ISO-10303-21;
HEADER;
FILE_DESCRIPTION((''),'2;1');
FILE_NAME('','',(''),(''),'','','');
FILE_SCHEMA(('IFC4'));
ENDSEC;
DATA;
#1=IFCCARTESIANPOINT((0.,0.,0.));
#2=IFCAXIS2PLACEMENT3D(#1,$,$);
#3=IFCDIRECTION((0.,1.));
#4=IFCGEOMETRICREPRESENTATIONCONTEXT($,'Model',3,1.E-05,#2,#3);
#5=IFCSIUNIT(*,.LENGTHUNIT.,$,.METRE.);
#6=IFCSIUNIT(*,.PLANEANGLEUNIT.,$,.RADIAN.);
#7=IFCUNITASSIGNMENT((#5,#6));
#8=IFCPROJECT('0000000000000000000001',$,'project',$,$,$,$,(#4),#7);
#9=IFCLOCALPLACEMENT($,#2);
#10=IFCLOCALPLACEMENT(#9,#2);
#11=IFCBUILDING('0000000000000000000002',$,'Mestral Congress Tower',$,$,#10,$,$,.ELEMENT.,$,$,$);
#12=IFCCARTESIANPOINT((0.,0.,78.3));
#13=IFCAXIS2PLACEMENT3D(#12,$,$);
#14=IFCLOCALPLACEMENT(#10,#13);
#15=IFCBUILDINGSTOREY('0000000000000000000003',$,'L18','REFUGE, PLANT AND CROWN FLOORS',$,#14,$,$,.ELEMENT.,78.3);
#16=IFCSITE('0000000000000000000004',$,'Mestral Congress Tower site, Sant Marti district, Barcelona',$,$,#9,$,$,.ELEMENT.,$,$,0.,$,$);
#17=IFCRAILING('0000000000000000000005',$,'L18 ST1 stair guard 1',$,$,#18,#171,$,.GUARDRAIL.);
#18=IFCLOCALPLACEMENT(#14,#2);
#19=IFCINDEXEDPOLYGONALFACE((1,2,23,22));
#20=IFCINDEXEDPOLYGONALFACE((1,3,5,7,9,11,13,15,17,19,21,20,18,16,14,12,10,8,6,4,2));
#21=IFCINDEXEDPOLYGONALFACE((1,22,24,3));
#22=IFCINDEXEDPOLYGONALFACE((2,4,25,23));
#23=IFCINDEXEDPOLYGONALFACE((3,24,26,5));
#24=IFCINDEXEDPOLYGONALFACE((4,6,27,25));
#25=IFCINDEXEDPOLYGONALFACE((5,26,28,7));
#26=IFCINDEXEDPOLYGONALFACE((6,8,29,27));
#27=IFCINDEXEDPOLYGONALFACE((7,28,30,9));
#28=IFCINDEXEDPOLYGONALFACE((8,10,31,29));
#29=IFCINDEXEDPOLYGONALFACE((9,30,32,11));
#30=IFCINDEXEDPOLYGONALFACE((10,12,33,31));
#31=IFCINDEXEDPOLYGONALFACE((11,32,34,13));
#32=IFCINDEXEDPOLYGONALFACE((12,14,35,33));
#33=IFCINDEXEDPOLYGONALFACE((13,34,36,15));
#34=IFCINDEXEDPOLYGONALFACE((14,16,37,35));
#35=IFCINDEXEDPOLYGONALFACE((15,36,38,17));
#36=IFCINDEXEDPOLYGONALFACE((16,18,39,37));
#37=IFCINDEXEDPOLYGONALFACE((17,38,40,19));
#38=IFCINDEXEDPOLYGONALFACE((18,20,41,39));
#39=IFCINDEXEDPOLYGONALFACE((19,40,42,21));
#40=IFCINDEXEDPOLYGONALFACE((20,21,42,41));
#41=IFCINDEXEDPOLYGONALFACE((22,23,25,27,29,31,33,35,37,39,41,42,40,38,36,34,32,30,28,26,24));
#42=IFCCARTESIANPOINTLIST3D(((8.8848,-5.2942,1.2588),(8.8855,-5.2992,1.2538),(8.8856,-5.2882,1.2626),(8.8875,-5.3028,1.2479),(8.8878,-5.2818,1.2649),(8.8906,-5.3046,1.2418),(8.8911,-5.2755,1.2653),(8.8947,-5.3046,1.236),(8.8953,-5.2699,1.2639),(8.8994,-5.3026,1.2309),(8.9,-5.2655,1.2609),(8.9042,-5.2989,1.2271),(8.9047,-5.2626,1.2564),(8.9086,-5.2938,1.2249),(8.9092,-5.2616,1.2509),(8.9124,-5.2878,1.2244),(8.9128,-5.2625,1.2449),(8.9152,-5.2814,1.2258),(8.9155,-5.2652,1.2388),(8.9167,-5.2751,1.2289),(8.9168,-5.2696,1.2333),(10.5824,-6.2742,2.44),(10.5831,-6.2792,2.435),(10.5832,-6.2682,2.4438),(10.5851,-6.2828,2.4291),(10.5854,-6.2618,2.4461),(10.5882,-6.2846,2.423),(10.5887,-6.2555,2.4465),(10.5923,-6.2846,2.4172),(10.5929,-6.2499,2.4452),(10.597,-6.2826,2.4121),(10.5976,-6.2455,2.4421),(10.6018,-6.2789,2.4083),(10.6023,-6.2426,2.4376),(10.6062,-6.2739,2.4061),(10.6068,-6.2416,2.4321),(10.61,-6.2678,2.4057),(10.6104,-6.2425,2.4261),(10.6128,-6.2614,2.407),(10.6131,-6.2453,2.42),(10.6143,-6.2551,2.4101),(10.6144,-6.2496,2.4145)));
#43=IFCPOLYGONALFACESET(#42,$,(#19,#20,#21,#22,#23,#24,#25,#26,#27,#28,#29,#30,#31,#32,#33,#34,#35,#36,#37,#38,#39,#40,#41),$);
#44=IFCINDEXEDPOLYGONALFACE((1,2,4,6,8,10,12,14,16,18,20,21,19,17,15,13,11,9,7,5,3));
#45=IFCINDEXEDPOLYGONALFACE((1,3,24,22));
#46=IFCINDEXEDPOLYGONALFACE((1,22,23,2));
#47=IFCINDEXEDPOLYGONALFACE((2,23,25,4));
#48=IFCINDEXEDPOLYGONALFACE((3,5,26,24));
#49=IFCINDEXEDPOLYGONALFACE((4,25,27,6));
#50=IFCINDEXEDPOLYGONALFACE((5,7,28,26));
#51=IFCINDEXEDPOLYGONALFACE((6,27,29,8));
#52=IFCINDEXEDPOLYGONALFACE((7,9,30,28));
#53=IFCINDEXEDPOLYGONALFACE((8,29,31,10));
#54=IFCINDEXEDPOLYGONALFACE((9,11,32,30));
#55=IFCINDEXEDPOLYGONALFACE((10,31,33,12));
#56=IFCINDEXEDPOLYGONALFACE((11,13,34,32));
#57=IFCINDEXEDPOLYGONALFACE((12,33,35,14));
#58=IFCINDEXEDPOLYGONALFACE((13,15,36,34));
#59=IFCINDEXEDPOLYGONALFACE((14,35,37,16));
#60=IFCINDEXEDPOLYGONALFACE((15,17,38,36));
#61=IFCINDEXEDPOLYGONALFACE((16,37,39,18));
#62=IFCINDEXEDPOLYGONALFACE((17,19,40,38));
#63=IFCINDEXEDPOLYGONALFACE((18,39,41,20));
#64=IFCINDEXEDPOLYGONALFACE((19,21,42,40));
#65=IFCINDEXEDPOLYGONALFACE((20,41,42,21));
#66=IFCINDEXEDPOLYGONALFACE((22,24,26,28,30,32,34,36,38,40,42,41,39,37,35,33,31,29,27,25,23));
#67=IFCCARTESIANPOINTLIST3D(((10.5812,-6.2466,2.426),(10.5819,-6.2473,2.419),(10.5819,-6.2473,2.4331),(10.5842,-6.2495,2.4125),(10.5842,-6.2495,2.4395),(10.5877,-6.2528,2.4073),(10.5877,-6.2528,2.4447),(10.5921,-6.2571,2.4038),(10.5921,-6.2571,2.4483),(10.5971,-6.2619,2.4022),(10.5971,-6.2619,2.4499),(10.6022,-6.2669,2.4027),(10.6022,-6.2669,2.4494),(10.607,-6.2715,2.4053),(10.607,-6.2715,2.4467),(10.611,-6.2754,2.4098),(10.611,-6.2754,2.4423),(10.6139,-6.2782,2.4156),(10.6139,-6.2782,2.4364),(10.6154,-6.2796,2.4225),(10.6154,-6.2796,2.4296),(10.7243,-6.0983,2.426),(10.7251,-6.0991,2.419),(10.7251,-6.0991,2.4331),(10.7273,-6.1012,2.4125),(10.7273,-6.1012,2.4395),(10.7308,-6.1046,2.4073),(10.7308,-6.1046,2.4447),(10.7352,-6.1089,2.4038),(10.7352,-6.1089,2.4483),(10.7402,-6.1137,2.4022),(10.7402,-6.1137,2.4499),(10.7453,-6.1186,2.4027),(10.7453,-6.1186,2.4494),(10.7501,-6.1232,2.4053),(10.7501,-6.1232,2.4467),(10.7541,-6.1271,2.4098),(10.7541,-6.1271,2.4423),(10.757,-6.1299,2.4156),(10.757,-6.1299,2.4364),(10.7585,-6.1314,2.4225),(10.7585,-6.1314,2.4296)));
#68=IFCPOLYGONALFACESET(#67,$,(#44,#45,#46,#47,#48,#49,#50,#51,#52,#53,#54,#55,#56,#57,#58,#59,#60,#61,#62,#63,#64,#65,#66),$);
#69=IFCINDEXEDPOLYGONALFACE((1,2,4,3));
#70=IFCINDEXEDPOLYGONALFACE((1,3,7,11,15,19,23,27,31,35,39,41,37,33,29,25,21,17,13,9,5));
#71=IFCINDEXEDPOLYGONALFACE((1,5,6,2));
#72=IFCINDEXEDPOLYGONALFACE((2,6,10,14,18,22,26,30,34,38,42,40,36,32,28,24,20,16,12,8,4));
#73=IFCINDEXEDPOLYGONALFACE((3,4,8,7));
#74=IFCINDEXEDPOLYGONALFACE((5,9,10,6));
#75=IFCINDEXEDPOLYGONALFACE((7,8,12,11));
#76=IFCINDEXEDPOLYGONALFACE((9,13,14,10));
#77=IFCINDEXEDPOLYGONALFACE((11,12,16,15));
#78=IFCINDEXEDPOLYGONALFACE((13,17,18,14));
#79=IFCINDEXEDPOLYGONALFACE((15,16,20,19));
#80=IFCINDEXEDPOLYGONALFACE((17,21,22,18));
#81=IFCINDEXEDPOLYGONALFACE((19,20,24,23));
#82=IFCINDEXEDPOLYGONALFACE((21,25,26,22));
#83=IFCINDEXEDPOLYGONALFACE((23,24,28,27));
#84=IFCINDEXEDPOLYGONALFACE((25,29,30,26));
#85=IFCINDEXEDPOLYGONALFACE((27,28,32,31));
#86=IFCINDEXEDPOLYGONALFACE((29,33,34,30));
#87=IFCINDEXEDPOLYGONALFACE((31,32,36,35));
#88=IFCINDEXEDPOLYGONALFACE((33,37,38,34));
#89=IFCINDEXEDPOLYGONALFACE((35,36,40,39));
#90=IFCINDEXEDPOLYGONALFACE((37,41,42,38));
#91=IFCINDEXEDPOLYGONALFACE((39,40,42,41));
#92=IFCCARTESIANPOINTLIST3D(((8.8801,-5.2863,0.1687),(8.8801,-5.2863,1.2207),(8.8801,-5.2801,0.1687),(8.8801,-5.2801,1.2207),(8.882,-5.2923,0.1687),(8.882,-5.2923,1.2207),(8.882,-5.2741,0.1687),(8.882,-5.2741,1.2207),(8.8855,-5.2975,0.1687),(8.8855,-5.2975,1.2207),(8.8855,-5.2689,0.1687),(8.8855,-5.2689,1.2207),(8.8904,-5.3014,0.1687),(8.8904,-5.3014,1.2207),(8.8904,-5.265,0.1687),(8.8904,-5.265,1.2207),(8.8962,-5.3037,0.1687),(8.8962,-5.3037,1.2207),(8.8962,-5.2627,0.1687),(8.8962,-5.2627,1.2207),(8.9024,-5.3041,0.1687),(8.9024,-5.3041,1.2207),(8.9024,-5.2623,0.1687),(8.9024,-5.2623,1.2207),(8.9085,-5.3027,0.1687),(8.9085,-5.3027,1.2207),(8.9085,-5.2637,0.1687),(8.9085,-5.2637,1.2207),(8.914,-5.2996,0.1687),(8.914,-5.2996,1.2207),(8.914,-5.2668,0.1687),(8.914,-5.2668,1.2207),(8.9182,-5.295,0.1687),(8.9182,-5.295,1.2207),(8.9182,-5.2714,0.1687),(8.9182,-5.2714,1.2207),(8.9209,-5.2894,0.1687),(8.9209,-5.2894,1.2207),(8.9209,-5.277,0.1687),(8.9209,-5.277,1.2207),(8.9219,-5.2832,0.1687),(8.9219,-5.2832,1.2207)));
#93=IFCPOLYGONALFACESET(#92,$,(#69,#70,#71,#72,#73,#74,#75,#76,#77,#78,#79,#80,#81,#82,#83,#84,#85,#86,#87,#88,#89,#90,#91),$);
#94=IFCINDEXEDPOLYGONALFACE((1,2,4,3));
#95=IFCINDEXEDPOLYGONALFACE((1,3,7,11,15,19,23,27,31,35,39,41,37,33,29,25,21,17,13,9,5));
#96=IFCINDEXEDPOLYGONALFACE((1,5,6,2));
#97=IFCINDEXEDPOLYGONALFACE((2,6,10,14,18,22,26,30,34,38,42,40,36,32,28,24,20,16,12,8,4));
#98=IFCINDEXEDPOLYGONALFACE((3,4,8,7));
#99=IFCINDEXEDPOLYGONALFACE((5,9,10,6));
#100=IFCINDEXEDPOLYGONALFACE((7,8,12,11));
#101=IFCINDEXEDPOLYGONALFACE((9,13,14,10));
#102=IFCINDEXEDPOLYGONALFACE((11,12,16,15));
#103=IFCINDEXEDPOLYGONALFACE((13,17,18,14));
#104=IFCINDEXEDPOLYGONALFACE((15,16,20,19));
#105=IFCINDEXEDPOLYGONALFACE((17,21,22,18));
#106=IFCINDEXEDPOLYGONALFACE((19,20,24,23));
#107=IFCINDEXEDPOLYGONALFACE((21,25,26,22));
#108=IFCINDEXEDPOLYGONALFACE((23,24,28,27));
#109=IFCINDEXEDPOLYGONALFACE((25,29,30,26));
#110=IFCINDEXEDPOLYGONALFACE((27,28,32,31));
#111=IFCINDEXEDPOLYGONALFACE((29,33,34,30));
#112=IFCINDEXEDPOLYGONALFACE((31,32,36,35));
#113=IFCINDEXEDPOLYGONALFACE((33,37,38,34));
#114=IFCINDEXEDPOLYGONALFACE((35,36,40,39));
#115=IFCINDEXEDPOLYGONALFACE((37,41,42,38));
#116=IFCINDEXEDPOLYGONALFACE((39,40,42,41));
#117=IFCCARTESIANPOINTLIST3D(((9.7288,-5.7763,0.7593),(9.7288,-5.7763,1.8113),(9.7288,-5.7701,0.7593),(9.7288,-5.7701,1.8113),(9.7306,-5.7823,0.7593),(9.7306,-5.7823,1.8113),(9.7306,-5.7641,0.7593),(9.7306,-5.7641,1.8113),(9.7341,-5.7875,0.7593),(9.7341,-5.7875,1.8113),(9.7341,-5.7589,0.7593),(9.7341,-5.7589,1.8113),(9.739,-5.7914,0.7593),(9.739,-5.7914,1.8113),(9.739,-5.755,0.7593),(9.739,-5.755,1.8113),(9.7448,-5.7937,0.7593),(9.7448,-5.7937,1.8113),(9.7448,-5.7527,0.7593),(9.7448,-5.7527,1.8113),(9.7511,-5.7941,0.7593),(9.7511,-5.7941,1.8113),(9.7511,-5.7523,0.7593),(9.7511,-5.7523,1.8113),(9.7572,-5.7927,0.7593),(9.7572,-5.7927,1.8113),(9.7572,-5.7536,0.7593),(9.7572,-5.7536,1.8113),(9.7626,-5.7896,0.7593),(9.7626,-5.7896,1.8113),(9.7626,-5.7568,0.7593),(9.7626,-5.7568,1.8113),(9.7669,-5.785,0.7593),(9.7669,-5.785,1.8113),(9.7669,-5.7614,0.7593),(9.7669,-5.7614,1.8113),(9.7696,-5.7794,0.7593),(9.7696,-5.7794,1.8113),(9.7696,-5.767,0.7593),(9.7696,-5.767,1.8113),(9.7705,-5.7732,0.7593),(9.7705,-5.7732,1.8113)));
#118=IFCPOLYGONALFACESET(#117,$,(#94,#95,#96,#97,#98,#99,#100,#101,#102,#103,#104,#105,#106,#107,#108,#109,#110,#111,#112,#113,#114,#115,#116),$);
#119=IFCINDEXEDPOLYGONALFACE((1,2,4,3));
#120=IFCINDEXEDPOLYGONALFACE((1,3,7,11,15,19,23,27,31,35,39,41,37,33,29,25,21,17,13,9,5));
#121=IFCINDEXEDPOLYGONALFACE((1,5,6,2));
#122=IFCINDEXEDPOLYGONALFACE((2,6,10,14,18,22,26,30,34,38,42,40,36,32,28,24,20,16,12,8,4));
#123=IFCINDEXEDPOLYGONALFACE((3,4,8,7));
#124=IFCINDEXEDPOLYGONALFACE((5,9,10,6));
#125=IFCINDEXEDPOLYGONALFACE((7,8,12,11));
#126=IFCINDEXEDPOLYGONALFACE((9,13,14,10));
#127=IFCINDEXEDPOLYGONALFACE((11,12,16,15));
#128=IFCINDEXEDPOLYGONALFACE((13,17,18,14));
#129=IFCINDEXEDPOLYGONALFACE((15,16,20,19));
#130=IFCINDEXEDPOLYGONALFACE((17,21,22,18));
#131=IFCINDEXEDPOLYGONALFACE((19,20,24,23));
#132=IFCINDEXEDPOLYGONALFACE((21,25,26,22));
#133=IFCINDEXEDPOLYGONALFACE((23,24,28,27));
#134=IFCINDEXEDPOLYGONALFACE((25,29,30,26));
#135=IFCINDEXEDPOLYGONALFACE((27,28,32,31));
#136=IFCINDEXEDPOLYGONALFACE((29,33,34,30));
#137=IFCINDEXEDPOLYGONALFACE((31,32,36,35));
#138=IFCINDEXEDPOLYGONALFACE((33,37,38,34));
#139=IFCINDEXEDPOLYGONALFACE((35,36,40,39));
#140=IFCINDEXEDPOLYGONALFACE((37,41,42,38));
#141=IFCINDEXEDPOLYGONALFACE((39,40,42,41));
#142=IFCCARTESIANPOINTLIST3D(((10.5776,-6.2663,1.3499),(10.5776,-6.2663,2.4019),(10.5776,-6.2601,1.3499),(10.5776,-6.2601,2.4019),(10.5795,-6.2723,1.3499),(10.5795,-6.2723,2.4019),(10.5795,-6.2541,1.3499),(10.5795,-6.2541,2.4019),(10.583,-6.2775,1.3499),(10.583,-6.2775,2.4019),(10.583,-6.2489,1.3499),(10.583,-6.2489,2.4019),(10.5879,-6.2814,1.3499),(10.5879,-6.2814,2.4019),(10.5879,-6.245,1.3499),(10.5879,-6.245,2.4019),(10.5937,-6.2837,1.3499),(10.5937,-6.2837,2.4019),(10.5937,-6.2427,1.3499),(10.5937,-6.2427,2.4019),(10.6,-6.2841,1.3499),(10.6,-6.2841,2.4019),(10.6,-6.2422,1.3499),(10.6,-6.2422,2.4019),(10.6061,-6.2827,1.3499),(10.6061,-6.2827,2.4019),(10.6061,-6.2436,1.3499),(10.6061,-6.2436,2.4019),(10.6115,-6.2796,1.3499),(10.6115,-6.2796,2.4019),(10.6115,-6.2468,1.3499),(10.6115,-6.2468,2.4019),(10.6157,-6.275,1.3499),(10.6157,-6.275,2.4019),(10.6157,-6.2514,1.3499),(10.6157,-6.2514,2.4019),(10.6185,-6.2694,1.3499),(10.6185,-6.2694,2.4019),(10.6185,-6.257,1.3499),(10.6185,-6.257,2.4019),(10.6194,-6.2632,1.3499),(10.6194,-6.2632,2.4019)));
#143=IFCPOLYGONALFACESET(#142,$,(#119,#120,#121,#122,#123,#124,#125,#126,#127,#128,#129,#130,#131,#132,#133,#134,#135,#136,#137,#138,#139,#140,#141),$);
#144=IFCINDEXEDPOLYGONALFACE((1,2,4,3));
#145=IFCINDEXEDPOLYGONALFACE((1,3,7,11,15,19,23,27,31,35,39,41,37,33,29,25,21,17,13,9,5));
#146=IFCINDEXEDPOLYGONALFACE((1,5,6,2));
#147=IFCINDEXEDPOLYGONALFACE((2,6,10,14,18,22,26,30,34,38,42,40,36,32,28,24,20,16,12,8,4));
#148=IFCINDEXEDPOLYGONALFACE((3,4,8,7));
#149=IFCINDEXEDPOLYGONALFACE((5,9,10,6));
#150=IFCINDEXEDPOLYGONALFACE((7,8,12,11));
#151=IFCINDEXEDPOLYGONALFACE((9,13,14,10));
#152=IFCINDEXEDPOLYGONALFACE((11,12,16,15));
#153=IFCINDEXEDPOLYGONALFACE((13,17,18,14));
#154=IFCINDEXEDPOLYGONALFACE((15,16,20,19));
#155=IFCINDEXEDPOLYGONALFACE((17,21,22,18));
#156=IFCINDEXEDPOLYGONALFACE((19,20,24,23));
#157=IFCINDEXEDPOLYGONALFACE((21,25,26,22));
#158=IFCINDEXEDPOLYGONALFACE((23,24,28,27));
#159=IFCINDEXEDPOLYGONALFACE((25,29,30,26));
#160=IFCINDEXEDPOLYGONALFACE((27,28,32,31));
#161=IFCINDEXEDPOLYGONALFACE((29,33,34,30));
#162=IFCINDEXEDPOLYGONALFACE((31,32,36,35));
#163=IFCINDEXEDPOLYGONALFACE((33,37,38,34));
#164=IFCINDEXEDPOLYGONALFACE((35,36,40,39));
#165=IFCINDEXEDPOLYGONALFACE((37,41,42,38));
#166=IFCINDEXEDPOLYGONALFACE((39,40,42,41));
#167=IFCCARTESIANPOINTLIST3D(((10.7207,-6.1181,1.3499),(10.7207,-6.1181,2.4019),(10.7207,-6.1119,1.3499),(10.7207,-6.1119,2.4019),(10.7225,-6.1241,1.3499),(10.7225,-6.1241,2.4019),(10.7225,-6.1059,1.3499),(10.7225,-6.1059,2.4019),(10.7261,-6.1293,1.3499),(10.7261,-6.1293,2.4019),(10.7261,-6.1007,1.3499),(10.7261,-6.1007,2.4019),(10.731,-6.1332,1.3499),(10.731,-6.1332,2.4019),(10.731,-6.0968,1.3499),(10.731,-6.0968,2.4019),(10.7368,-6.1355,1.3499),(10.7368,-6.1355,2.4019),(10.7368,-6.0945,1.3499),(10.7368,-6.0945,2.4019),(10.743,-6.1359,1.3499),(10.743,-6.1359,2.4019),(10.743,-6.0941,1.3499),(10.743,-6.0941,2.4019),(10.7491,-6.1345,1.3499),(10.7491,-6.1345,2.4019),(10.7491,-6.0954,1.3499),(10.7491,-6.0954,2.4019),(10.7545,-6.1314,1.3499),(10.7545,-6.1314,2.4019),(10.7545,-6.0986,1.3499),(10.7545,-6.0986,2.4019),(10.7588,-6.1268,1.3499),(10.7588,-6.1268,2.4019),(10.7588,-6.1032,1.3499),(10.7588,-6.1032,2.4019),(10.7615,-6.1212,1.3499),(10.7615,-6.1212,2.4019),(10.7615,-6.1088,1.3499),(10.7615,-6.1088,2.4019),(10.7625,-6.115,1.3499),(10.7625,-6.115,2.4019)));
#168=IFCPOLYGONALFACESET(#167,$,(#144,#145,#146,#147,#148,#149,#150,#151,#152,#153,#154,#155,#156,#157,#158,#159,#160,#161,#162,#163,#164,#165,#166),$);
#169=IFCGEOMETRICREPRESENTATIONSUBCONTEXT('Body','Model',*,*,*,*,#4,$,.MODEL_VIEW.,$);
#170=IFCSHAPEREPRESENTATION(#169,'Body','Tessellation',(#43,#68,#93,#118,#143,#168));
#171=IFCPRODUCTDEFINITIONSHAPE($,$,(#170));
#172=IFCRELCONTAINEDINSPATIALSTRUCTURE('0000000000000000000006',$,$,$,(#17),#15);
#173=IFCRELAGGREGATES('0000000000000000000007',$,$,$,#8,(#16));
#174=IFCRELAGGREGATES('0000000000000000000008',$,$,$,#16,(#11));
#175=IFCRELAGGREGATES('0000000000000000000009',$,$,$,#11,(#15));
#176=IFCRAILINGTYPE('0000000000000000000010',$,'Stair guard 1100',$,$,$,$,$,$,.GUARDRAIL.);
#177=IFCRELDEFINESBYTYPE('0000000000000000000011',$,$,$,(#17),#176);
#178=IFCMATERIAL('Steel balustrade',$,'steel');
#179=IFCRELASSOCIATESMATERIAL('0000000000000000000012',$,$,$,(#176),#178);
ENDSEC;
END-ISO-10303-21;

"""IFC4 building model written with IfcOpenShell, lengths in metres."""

from ifc_helpers import new_model, si_unit, direction, frame, origin, origin_2d, place, context, subcontext, project, spatial, circle, extrude, material, type_object, element, save


model = new_model("IFC4")

# Units and contexts
model_context = context("Model", 3, precision=1e-05, world=origin(), true_north=direction((0.0, 1.0)))
body_context = subcontext(model_context, "Body", "Model", "MODEL_VIEW")
ifc_project = project(units=[si_unit("LENGTHUNIT", "METRE"), si_unit("PLANEANGLEUNIT", "RADIAN")], contexts=[model_context])

# Site, building, storey
site_placement = place(None, origin())
site = spatial("IfcSite", under=ifc_project, at=site_placement, Name="Mestral Congress Tower site, Sant Marti district, Barcelona", CompositionType="ELEMENT", RefElevation=0.0)
building_placement = place(site_placement, origin())
building = spatial("IfcBuilding", under=site, at=building_placement, Name="Mestral Congress Tower", CompositionType="ELEMENT")
storey_placement = place(building_placement, frame((0.0, 0.0, 78.3)))
storey = spatial("IfcBuildingStorey", under=building, at=storey_placement, Name="L18", Description="REFUGE, PLANT AND CROWN FLOORS", CompositionType="ELEMENT", Elevation=78.3)

# Railing
ifc_material_1 = material(Name="Steel balustrade", Category="steel")
railing_type_1 = type_object("IfcRailingType", Name="Stair guard 1100", PredefinedType="GUARDRAIL", material=ifc_material_1)
railing_1_placement = place(storey_placement, frame((8.9009, -5.2832, 0.1687)))
element("IfcRailing", 1, at=railing_1_placement, inside=storey, type_object=railing_type_1, Name="L18 ST1 stair guard 1", PredefinedType="GUARDRAIL", context=body_context, shape_type="SweptSolid", body=[
    extrude(circle(Radius=0.0239, at=origin_2d()), frame((0.0, 0.0, 1.0762), z_axis=(0.741771, -0.428228, 0.516135), x_axis=(0.49997, 0.866042, 0.0)), (0.0, 0.0, 1.0), 2.2886),
    extrude(circle(Radius=0.0239, at=origin_2d()), frame((1.6975, -0.98, 2.2573), z_axis=(0.694552, 0.719442, 0.0), x_axis=(-0.719442, 0.694552, 0.0)), (0.0, 0.0, 1.0), 0.2061),
    extrude(circle(Radius=0.021, at=origin_2d()), origin(), (0.0, 0.0, 1.0), 1.052),
    extrude(circle(Radius=0.021, at=origin_2d()), frame((0.8486, -0.49, 0.5906)), (0.0, 0.0, 1.0), 1.052),
    extrude(circle(Radius=0.021, at=origin_2d()), frame((1.6975, -0.98, 1.1812)), (0.0, 0.0, 1.0), 1.052),
    extrude(circle(Radius=0.021, at=origin_2d()), frame((1.8406, -0.8318, 1.1812)), (0.0, 0.0, 1.0), 1.052),
])

save(model, "model.ifc")
